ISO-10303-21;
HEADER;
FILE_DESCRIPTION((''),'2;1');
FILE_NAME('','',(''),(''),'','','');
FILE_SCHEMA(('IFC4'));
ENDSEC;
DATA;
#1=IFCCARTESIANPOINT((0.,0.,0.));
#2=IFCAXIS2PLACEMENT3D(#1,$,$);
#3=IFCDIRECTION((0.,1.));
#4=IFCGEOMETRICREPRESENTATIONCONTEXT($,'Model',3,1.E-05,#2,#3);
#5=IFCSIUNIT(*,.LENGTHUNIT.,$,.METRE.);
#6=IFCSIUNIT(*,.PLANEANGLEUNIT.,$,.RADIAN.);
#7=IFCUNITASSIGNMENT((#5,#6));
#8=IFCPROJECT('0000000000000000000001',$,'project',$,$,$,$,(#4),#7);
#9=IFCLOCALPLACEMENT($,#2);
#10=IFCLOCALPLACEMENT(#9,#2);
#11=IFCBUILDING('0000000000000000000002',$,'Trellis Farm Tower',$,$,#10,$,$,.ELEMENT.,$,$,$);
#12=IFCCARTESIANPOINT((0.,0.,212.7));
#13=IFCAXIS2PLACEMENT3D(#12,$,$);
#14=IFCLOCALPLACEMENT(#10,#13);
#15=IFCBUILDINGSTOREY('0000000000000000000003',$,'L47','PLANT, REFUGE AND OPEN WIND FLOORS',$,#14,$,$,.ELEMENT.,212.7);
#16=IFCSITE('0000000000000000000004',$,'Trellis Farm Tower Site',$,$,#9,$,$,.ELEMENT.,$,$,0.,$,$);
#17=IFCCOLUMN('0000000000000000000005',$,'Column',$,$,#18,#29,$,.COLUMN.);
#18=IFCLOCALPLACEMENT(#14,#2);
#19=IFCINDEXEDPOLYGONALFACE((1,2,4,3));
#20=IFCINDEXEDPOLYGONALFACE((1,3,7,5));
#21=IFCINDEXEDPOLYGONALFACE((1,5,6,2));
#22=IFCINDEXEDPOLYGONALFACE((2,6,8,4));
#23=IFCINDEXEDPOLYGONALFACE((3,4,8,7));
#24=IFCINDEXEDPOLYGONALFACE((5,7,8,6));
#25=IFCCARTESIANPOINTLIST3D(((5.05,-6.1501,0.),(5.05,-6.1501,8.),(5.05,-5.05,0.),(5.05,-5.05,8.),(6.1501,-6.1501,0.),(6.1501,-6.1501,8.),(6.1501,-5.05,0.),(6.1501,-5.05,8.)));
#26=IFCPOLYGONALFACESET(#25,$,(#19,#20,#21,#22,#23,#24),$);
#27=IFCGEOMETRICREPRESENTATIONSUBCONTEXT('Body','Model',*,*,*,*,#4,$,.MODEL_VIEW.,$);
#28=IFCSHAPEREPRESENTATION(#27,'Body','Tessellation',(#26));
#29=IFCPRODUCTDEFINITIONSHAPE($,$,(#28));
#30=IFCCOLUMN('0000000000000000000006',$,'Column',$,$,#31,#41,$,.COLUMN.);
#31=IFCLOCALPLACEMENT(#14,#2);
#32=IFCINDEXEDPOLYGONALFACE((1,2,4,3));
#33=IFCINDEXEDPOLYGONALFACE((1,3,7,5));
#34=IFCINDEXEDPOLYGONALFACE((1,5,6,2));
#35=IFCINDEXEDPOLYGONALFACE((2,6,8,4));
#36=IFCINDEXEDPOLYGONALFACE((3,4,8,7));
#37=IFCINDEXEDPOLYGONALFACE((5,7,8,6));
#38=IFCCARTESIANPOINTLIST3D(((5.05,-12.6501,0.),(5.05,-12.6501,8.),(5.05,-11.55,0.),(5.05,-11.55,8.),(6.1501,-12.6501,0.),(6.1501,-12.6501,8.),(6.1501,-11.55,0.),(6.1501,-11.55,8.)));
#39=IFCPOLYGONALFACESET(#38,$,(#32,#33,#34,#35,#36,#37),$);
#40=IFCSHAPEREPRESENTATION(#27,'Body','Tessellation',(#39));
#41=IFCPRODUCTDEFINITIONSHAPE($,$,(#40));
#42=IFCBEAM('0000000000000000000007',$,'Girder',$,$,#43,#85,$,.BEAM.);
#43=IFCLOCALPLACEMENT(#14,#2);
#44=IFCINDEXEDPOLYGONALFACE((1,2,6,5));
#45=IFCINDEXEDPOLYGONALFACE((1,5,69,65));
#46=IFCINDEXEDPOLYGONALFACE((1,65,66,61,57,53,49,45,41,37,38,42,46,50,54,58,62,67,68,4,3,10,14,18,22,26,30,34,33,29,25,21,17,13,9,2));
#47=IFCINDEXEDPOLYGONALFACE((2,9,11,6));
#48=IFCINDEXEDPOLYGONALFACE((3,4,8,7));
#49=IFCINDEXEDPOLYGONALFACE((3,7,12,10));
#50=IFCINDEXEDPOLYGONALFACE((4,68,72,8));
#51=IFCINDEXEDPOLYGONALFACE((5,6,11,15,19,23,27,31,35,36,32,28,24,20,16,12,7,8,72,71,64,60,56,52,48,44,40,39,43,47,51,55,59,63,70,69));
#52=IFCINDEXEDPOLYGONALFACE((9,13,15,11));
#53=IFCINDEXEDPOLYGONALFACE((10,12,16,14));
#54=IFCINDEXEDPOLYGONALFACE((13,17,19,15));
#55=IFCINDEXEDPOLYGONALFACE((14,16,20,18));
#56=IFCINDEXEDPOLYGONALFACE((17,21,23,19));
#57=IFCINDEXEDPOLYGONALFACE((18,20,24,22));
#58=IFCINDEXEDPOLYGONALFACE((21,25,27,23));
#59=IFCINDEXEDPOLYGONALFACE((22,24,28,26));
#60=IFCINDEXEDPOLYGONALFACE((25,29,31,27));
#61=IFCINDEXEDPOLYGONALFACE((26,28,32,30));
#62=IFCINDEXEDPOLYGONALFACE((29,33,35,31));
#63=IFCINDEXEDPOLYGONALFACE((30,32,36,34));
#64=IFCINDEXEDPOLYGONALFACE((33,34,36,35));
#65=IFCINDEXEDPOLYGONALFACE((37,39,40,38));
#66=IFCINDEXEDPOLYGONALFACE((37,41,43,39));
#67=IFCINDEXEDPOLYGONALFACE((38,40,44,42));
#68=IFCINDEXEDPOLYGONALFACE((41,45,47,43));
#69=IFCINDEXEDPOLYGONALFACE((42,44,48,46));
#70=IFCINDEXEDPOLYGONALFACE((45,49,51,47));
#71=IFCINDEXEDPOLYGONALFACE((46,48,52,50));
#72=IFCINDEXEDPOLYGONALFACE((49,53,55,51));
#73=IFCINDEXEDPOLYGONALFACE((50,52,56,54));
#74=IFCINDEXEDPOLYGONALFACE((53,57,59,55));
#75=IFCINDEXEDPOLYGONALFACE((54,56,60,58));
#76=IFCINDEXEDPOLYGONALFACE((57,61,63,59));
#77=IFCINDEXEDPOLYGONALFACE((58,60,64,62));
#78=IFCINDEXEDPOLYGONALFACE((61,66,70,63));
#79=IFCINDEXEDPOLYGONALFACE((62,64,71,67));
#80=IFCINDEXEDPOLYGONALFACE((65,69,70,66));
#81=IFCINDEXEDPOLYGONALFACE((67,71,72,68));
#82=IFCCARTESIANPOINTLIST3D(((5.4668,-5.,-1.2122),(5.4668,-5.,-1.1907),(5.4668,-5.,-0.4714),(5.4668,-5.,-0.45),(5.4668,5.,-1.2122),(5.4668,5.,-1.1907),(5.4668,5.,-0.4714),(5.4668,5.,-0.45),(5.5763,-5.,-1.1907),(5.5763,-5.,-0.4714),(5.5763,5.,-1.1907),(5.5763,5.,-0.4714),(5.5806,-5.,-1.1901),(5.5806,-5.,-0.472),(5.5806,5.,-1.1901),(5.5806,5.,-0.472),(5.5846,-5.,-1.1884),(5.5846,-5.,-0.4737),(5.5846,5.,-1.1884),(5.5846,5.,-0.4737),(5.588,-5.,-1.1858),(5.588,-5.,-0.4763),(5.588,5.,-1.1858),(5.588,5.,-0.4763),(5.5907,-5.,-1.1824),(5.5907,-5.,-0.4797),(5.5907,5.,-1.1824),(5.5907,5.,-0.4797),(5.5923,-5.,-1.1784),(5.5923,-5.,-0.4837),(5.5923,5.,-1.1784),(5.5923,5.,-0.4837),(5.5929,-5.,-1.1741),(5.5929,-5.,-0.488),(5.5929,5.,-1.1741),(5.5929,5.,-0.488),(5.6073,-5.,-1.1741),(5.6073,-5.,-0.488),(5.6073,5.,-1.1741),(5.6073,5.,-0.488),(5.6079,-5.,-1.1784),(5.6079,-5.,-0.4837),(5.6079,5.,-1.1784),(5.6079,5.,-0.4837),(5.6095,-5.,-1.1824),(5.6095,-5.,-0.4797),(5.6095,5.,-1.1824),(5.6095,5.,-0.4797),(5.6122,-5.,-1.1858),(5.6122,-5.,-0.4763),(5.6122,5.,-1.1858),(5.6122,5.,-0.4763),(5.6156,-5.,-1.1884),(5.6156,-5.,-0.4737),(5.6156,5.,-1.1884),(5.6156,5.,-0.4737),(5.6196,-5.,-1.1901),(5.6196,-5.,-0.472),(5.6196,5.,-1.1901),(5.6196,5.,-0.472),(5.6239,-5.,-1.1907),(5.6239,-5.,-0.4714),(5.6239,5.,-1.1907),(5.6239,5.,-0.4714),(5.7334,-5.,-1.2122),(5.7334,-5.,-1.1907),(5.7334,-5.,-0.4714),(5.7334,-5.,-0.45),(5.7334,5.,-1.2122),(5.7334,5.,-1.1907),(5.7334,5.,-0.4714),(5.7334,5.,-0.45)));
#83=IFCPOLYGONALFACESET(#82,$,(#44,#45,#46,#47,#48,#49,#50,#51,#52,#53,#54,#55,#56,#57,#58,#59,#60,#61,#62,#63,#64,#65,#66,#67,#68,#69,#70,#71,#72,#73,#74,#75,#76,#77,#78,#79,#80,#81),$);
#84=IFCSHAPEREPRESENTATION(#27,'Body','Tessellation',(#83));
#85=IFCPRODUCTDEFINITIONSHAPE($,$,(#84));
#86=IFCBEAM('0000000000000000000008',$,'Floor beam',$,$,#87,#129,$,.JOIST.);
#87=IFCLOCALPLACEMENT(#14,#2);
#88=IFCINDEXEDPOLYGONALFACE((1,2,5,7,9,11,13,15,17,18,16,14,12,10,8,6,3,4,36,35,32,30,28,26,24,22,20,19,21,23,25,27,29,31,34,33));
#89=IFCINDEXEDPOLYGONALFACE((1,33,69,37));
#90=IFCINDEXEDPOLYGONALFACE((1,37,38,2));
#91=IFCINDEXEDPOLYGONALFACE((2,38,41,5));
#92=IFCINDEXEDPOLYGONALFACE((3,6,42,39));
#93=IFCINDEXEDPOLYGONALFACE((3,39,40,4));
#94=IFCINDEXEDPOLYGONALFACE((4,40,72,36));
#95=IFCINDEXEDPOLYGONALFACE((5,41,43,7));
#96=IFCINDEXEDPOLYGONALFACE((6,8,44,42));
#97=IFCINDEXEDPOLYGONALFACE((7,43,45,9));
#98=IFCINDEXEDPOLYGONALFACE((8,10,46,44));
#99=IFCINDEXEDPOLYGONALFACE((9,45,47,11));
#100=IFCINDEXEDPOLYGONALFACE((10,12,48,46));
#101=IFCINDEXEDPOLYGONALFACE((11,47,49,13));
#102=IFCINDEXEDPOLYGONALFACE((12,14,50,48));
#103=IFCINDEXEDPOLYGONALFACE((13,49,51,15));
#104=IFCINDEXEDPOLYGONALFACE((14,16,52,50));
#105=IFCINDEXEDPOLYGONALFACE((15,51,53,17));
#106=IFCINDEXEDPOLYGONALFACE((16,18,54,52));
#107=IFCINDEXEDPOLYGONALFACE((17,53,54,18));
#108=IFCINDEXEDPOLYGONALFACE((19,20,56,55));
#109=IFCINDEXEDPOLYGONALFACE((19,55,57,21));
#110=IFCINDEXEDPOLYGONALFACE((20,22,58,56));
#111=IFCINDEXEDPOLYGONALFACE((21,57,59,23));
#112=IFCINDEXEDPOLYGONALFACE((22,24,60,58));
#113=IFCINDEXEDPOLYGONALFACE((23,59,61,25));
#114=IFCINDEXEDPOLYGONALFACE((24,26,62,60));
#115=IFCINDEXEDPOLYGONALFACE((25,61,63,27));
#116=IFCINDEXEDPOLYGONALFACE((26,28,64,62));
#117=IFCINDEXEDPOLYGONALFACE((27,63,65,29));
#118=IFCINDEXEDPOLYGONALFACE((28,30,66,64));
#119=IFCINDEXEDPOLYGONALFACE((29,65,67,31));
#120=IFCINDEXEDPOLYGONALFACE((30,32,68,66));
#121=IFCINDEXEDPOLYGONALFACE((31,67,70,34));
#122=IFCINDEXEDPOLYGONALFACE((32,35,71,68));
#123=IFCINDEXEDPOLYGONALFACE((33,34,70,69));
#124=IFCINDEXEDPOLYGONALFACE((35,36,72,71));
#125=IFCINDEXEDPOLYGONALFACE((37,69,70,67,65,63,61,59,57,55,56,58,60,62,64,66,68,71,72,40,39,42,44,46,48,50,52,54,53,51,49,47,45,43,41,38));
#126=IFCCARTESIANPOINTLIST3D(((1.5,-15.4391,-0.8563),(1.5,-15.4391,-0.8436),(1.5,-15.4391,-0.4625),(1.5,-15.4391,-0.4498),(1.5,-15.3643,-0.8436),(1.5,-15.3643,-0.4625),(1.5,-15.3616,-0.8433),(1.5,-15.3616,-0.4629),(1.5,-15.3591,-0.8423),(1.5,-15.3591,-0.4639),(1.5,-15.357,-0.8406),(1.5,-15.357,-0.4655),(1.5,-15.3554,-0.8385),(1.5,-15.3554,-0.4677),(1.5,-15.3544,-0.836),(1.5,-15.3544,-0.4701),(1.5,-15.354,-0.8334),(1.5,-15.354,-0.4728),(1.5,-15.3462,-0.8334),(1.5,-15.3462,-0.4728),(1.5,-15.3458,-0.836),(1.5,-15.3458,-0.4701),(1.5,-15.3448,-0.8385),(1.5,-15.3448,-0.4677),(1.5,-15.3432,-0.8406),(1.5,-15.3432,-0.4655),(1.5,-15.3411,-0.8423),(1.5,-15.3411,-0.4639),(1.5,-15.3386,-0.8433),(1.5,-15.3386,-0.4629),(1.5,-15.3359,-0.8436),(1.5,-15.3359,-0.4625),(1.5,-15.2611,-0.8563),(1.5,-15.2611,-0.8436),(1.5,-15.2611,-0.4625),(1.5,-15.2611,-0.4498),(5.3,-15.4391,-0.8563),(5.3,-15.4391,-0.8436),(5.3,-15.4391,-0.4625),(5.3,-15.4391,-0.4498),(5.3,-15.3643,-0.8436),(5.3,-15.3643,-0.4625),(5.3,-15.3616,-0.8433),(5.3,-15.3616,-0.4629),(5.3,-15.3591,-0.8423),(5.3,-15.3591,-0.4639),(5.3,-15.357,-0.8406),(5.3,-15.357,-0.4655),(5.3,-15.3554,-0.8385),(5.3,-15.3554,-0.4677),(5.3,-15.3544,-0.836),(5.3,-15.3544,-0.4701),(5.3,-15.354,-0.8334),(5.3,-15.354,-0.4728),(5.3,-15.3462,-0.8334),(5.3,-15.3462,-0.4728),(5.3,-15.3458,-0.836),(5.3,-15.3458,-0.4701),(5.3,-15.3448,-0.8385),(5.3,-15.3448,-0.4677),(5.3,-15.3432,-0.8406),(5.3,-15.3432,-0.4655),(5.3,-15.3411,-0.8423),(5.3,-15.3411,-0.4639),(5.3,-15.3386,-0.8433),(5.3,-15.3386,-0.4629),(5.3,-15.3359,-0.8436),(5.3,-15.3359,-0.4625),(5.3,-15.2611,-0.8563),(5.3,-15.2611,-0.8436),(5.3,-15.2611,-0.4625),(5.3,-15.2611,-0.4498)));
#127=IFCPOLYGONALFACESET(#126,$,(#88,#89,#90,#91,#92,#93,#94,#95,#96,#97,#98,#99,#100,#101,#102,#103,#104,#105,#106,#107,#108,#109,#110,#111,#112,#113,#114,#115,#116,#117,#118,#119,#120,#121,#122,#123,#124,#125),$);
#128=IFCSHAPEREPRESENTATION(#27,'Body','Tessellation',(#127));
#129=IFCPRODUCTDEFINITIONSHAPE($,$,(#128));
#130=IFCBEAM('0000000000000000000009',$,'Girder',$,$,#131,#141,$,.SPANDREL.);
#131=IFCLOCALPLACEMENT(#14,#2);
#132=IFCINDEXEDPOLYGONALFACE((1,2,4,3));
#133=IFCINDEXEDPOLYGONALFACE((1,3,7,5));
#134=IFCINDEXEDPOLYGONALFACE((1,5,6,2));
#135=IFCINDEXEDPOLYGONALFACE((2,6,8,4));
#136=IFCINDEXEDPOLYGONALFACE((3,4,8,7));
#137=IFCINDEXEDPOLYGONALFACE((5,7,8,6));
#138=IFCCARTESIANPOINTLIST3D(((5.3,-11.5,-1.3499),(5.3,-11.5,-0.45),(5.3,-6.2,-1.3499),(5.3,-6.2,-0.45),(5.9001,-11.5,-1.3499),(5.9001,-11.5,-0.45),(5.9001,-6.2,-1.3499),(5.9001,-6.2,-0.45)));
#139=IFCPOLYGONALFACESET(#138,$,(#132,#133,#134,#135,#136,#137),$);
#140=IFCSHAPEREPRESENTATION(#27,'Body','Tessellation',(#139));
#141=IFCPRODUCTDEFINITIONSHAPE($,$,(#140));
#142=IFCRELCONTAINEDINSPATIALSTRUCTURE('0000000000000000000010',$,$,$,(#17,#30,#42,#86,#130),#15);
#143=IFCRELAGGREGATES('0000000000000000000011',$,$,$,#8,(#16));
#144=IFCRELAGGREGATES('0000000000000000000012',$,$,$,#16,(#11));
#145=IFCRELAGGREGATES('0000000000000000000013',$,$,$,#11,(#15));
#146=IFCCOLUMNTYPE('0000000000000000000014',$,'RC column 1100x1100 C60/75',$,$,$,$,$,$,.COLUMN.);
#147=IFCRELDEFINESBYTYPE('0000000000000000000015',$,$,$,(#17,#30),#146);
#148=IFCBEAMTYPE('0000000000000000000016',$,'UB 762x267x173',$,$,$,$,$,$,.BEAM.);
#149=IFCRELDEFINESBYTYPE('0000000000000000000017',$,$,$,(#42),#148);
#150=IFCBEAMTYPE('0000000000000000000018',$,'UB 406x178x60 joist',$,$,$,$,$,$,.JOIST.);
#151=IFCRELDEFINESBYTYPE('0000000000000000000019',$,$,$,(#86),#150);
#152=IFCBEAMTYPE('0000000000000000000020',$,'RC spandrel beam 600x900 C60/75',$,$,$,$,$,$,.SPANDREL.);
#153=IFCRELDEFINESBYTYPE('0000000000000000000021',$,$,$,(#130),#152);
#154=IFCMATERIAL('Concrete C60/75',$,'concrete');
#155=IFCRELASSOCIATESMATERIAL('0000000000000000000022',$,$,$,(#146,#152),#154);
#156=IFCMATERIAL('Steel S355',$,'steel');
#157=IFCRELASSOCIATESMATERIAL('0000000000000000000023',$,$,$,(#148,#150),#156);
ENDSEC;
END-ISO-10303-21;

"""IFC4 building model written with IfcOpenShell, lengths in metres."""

from ifc_helpers import new_model, si_unit, direction, frame, origin, origin_2d, place, context, subcontext, project, spatial, rectangle, i_section, extrude, source, transform, mapped, material, material_profile, profile_set, type_object, element, save


model = new_model("IFC4")

# Units and contexts
model_context = context("Model", 3, precision=1e-05, world=origin(), true_north=direction((0.0, 1.0)))
body_context = subcontext(model_context, "Body", "Model", "MODEL_VIEW")
ifc_project = project(units=[si_unit("LENGTHUNIT", "METRE"), si_unit("PLANEANGLEUNIT", "RADIAN")], contexts=[model_context])

# Site, building, storey
site_placement = place(None, origin())
site = spatial("IfcSite", under=ifc_project, at=site_placement, Name="Trellis Farm Tower Site", CompositionType="ELEMENT", RefElevation=0.0)
building_placement = place(site_placement, origin())
building = spatial("IfcBuilding", under=site, at=building_placement, Name="Trellis Farm Tower", CompositionType="ELEMENT")
storey_placement = place(building_placement, frame((0.0, 0.0, 212.7)))
storey = spatial("IfcBuildingStorey", under=building, at=storey_placement, Name="L47", Description="PLANT, REFUGE AND OPEN WIND FLOORS", CompositionType="ELEMENT", Elevation=212.7)

# Columns
ifc_material_1 = material(Name="Concrete C60/75", Category="concrete")
ifc_material_profile_1 = material_profile(ifc_material_1, rectangle(XDim=1.1001, YDim=1.1001, at=origin_2d()), Name="RC column 1100x1100 C60/75")
ifc_profile_set_1 = profile_set([ifc_material_profile_1], Name="Concrete C60/75")
column_type = type_object("IfcColumnType", Name="RC column 1100x1100 C60/75", PredefinedType="COLUMN", material=ifc_profile_set_1)
shared_shape_1 = source(origin(), body_context, "Body", "SweptSolid", [
    extrude(rectangle(XDim=1.1001, YDim=1.1001, at=origin_2d()), origin(), (0.0, 0.0, 1.0), 8.0),
])
for number, where, z_axis, x_axis, name in (
    (1, (5.6001, -5.6001, 0.0), (0.0, 0.0, 1.0), (1.0, 0.0, 0.0), "Column"),
    (2, (5.6001, -12.1001, 0.0), (0.0, 0.0, 1.0), (1.0, 0.0, 0.0), "Column"),
):
    element("IfcColumn", number, at=place(storey_placement, frame(where, z_axis=z_axis, x_axis=x_axis)), inside=storey, type_object=column_type, Name=name, PredefinedType="COLUMN", context=body_context, shape_type="MappedRepresentation", body=[
        mapped(shared_shape_1, transform((0.0, 0.0, 0.0))),
    ])

# Beams
ifc_material_2 = material(Name="Steel S355", Category="steel")
ifc_material_profile_2 = material_profile(ifc_material_2, i_section(OverallWidth=0.2666, OverallDepth=0.7622, WebThickness=0.0144, FlangeThickness=0.0215, FilletRadius=0.0166, at=origin_2d()), Name="UB 762x267x173")
ifc_profile_set_2 = profile_set([ifc_material_profile_2], Name="Steel S355")
beam_type_1 = type_object("IfcBeamType", Name="UB 762x267x173", PredefinedType="BEAM", material=ifc_profile_set_2)
shared_shape_2 = source(origin(), body_context, "Body", "SweptSolid", [
    extrude(i_section(OverallWidth=0.2666, OverallDepth=0.7622, WebThickness=0.0144, FlangeThickness=0.0215, FilletRadius=0.0166, at=origin_2d()), origin(), (0.0, 0.0, 1.0), 10.0),
])
beam_1_placement = place(storey_placement, frame((5.6001, -5.0, -0.8311), z_axis=(0.0, 1.0, 0.0), x_axis=(-1.0, 0.0, 0.0)))
element("IfcBeam", 3, at=beam_1_placement, inside=storey, type_object=beam_type_1, Name="Girder", PredefinedType="BEAM", context=body_context, shape_type="MappedRepresentation", body=[
    mapped(shared_shape_2, transform((0.0, 0.0, 0.0))),
])
ifc_material_profile_3 = material_profile(ifc_material_2, i_section(OverallWidth=0.178, OverallDepth=0.4065, WebThickness=0.0078, FlangeThickness=0.0127, FilletRadius=0.0103, at=origin_2d()), Name="UB 406x178x60")
ifc_profile_set_3 = profile_set([ifc_material_profile_3], Name="Steel S355")
beam_type_2 = type_object("IfcBeamType", Name="UB 406x178x60 joist", PredefinedType="JOIST", material=ifc_profile_set_3)
shared_shape_3 = source(origin(), body_context, "Body", "SweptSolid", [
    extrude(i_section(OverallWidth=0.178, OverallDepth=0.4065, WebThickness=0.0078, FlangeThickness=0.0127, FilletRadius=0.0103, at=origin_2d()), origin(), (0.0, 0.0, 1.0), 3.8),
])
beam_2_placement = place(storey_placement, frame((1.5, -15.3501, -0.6531), z_axis=(1.0, 0.0, 0.0), x_axis=(0.0, 1.0, 0.0)))
element("IfcBeam", 4, at=beam_2_placement, inside=storey, type_object=beam_type_2, Name="Floor beam", PredefinedType="JOIST", context=body_context, shape_type="MappedRepresentation", body=[
    mapped(shared_shape_3, transform((0.0, 0.0, 0.0))),
])
ifc_material_profile_4 = material_profile(ifc_material_1, rectangle(XDim=0.6001, YDim=0.8999, at=origin_2d()), Name="RC spandrel beam 600x900 C60/75")
ifc_profile_set_4 = profile_set([ifc_material_profile_4], Name="Concrete C60/75")
beam_type_3 = type_object("IfcBeamType", Name="RC spandrel beam 600x900 C60/75", PredefinedType="SPANDREL", material=ifc_profile_set_4)
shared_shape_4 = source(origin(), body_context, "Body", "SweptSolid", [
    extrude(rectangle(XDim=0.6001, YDim=0.8999, at=origin_2d()), origin(), (0.0, 0.0, 1.0), 5.3),
])
beam_3_placement = place(storey_placement, frame((5.6001, -11.5, -0.8999), z_axis=(0.0, 1.0, 0.0), x_axis=(-1.0, 0.0, 0.0)))
element("IfcBeam", 5, at=beam_3_placement, inside=storey, type_object=beam_type_3, Name="Girder", PredefinedType="SPANDREL", context=body_context, shape_type="MappedRepresentation", body=[
    mapped(shared_shape_4, transform((0.0, 0.0, 0.0))),
])

save(model, "model.ifc")
